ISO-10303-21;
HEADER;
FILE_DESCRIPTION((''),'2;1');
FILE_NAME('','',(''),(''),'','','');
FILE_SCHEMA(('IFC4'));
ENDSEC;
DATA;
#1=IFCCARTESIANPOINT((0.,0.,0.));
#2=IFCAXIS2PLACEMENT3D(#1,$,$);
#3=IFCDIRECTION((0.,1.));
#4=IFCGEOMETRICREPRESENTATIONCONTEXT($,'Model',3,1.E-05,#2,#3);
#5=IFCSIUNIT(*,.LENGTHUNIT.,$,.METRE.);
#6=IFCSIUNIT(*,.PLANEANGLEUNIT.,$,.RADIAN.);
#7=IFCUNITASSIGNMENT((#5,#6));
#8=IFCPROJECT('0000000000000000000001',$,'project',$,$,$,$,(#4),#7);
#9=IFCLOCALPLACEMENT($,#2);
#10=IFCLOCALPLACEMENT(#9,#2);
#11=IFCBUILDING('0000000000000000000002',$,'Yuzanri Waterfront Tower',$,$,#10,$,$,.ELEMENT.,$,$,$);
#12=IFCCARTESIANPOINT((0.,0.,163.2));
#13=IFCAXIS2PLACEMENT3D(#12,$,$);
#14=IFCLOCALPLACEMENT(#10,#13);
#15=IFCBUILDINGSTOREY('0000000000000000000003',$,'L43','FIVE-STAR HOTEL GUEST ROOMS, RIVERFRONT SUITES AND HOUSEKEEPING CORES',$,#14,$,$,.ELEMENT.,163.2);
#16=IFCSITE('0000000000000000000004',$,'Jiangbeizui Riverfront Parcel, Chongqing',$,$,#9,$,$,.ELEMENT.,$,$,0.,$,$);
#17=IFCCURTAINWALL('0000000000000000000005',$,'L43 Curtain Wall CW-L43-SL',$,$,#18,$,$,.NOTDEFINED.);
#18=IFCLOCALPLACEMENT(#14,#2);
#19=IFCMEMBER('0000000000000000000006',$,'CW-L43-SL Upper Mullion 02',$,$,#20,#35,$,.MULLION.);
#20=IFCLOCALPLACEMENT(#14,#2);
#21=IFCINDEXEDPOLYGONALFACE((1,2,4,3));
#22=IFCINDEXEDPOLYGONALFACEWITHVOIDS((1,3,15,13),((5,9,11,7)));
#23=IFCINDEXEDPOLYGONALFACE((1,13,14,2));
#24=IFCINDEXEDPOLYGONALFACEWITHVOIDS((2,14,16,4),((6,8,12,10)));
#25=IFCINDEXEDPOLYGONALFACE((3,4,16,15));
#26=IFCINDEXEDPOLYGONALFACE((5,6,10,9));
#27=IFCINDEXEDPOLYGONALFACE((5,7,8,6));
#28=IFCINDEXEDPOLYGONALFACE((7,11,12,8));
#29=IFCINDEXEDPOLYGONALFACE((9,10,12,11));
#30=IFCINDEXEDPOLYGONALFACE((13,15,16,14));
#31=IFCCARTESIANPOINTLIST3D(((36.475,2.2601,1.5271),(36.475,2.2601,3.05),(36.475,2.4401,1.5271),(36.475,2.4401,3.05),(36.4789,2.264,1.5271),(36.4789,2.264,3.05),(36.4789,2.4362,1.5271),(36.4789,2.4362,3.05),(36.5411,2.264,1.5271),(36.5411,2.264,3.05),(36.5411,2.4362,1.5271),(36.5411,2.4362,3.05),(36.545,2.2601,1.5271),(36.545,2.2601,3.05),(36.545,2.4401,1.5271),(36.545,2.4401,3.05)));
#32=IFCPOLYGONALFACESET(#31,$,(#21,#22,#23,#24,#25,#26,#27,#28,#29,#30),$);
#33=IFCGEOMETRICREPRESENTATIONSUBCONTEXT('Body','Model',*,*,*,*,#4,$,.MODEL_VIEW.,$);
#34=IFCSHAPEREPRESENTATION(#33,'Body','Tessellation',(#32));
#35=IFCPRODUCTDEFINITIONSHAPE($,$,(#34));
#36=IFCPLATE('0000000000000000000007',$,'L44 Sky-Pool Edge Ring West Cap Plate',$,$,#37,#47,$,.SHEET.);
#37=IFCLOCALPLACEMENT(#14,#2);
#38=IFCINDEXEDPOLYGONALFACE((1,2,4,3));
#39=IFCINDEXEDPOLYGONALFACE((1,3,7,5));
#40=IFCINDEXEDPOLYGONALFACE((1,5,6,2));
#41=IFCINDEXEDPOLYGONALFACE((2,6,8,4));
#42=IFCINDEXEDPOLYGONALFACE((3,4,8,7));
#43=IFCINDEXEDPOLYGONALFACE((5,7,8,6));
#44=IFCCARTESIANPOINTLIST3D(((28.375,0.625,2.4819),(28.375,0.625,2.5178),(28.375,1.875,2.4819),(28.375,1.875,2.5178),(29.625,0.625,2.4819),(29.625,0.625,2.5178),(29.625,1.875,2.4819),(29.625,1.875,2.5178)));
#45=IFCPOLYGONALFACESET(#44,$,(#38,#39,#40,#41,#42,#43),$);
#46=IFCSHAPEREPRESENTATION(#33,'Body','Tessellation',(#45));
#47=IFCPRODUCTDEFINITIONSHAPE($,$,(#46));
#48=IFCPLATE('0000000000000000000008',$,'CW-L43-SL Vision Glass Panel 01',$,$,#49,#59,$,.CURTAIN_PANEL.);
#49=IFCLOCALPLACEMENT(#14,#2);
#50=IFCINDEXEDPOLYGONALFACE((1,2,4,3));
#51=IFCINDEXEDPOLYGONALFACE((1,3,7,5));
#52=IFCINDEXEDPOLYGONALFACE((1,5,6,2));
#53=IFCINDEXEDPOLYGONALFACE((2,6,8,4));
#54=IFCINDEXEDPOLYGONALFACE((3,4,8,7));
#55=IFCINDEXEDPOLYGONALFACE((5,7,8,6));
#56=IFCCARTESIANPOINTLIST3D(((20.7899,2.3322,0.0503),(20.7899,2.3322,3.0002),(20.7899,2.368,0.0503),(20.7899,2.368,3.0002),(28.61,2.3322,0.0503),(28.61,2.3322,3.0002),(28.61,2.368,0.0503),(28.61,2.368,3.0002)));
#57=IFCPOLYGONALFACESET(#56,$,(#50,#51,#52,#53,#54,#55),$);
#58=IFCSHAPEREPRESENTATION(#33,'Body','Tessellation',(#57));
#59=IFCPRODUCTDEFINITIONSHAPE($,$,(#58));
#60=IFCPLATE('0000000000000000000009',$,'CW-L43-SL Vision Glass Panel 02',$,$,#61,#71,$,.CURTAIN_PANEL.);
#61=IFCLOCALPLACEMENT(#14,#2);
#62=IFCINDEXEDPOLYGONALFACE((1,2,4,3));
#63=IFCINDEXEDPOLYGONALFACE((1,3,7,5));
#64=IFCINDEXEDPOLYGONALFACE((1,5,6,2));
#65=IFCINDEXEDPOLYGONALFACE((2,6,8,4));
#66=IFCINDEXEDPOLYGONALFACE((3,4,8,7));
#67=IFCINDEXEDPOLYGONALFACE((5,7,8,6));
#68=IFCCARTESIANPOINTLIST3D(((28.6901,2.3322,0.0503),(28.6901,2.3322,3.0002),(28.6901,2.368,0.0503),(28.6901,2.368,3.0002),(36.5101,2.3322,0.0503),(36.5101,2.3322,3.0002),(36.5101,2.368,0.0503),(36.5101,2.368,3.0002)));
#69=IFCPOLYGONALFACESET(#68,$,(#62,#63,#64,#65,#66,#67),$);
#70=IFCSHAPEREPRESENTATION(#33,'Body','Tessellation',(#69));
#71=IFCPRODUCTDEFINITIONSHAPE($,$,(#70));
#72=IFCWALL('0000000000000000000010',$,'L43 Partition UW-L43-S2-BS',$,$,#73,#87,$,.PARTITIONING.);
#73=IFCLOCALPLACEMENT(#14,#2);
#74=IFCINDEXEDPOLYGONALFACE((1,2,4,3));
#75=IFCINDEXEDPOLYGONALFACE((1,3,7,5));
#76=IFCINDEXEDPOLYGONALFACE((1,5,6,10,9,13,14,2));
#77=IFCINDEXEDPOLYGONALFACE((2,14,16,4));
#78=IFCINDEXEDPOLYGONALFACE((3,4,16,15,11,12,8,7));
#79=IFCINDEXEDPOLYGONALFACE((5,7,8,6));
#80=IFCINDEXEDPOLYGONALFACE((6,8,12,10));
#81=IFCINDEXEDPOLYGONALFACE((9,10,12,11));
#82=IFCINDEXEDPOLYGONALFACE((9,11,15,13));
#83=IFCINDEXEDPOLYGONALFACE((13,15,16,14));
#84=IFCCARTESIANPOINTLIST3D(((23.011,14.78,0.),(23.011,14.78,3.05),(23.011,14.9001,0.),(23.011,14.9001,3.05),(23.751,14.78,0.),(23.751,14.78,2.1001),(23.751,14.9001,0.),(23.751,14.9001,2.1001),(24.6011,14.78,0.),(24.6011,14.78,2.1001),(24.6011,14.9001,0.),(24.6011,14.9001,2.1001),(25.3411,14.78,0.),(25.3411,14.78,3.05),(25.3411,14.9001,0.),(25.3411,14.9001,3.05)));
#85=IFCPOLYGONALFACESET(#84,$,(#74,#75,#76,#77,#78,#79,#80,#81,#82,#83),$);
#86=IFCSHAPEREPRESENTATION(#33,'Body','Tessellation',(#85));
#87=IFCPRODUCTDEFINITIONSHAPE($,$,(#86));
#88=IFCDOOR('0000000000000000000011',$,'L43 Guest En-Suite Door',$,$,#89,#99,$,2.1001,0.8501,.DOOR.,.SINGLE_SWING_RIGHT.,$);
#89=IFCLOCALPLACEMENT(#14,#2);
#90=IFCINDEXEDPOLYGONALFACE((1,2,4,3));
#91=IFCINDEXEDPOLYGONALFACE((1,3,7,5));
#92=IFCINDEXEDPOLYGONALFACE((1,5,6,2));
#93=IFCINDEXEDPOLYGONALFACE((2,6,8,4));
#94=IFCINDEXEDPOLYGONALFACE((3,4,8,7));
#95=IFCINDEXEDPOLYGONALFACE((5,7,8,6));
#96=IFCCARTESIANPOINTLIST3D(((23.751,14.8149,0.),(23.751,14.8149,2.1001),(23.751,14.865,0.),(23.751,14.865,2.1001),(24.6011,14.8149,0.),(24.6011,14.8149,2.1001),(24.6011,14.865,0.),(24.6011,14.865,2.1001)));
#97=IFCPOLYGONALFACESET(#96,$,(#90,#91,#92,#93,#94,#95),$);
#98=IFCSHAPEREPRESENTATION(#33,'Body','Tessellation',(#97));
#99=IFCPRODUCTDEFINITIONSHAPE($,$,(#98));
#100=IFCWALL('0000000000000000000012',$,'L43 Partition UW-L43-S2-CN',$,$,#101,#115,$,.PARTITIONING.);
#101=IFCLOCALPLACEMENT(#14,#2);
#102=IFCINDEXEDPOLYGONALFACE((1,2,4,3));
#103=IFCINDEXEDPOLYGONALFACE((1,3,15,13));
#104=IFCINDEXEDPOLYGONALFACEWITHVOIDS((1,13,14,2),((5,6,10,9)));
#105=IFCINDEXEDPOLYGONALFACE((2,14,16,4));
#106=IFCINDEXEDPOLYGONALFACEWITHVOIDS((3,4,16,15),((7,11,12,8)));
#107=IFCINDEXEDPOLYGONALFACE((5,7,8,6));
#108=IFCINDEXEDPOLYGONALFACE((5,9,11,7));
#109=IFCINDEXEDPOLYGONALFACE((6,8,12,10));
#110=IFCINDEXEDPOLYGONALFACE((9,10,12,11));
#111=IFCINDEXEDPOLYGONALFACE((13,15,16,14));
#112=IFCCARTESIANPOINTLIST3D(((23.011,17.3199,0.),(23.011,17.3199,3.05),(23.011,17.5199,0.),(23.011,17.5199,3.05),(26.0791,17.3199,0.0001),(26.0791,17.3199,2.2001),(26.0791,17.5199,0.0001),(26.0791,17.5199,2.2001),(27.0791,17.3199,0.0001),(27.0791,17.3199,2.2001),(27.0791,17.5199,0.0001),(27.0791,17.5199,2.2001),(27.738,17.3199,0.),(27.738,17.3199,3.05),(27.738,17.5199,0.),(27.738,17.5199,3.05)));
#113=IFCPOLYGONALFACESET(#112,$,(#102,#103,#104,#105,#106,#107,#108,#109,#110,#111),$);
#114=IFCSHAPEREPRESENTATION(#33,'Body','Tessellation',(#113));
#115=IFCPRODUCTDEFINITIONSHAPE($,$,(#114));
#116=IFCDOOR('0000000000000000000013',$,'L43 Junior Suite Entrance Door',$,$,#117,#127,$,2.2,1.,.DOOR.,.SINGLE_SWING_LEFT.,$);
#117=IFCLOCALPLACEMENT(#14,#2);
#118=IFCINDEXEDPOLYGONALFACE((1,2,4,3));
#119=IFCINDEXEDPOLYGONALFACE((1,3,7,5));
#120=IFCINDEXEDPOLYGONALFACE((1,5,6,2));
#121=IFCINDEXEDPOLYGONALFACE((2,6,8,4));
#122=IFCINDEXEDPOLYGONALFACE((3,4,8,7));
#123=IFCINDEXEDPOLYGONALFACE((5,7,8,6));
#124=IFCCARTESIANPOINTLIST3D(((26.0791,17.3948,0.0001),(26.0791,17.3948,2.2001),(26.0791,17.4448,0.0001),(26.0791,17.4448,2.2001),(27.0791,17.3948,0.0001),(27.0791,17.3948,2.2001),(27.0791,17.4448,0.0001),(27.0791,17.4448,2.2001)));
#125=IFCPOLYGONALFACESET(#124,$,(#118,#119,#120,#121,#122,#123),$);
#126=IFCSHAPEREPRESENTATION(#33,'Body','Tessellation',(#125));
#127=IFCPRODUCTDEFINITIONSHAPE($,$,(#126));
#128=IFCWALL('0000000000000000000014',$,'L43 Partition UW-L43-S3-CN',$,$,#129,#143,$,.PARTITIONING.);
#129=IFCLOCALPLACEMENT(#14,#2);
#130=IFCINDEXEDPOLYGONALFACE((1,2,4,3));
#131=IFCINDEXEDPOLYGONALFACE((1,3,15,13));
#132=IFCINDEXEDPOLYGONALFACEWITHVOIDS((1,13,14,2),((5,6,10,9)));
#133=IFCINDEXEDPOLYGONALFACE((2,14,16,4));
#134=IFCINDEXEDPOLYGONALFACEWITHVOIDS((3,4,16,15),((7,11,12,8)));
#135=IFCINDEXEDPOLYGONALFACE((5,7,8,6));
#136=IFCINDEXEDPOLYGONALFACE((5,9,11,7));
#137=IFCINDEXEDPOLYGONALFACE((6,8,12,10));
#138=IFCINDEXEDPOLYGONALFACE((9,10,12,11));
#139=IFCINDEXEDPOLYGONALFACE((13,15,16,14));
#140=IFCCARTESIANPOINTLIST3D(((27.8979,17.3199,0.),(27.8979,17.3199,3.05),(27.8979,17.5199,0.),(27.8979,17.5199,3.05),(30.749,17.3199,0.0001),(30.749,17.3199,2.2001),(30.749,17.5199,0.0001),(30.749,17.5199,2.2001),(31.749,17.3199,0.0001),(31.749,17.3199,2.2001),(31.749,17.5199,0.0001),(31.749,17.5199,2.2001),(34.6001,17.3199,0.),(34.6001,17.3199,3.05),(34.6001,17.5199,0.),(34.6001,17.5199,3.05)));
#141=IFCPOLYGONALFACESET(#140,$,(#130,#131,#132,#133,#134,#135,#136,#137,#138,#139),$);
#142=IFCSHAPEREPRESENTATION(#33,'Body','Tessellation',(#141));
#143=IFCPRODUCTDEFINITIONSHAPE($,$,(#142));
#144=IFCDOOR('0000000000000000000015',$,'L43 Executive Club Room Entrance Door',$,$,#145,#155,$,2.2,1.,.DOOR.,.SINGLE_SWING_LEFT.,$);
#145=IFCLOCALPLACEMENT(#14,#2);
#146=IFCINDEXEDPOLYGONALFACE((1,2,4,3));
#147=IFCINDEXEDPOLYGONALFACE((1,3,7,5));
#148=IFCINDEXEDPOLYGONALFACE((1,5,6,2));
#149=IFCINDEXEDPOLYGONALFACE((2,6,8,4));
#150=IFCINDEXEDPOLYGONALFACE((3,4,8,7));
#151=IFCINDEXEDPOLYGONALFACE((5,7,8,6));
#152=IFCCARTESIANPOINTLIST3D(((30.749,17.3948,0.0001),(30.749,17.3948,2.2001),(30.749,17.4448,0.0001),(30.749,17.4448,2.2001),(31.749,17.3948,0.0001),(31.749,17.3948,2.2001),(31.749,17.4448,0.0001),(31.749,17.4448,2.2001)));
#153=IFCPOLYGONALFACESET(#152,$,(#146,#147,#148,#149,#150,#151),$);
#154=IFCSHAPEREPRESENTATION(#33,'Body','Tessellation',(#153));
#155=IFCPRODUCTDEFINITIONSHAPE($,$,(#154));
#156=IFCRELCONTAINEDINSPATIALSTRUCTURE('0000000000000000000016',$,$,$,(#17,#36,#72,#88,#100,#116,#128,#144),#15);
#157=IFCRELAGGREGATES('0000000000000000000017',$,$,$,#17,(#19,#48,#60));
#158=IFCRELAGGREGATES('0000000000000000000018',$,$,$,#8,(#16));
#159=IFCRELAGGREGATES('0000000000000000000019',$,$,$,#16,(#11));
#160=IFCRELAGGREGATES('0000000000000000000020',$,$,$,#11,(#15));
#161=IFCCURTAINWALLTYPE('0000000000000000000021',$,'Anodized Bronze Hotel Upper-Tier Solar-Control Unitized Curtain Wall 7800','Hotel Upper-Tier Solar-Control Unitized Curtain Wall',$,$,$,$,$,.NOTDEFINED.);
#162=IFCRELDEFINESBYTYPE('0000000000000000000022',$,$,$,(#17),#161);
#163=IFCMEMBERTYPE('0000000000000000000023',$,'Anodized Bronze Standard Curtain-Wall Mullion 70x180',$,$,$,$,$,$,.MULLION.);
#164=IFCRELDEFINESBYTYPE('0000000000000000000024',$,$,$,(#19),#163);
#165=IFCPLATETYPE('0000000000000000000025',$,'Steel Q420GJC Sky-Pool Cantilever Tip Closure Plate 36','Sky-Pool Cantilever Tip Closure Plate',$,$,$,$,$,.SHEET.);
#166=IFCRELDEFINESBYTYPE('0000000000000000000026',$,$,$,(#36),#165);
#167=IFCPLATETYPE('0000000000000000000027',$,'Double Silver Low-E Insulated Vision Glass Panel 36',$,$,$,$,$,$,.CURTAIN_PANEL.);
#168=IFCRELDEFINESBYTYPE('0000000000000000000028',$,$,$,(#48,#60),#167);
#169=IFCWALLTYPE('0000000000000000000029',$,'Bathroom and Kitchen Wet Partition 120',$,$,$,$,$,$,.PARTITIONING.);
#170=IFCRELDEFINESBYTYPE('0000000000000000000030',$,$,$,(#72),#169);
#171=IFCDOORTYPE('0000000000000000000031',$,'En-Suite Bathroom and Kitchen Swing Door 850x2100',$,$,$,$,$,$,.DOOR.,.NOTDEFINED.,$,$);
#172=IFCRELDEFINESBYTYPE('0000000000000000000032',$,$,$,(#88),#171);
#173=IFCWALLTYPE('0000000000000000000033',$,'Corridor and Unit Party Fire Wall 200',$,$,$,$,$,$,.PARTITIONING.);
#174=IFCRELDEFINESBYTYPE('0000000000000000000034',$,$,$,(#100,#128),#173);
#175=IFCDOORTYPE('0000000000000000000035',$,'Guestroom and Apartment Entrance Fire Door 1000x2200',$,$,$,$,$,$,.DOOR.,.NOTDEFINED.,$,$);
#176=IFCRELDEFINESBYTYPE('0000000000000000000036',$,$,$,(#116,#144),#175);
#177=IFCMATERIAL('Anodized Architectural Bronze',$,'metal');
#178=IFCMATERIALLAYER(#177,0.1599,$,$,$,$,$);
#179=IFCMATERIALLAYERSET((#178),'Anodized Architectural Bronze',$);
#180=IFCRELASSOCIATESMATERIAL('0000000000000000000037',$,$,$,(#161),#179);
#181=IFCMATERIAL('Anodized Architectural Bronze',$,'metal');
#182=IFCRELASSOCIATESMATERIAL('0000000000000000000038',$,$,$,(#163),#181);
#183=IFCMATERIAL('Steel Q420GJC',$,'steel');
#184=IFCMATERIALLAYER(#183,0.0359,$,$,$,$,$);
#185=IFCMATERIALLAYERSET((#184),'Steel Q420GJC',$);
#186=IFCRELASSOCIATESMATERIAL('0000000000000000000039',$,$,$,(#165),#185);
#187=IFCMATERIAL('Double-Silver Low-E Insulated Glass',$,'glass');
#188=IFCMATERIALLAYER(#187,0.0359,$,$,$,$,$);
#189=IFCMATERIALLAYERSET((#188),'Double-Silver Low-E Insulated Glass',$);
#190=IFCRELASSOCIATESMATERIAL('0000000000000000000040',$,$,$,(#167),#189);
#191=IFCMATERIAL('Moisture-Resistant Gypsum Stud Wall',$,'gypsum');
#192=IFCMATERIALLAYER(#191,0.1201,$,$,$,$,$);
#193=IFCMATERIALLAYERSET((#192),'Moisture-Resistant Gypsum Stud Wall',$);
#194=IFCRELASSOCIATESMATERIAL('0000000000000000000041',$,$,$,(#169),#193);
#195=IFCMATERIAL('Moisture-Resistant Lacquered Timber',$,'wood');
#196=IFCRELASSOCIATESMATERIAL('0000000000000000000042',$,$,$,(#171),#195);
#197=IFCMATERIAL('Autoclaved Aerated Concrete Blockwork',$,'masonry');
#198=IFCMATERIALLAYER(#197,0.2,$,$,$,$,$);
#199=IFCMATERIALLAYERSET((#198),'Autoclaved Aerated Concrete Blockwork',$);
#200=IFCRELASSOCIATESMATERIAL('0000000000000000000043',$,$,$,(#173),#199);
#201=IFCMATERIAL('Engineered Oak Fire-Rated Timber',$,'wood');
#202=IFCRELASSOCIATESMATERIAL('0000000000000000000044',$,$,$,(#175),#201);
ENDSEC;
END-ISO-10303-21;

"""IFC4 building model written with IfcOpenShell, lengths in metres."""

from ifc_helpers import new_model, si_unit, direction, frame, frame_2d, origin, origin_2d, place, context, subcontext, project, spatial, rectangle, hollow_rectangle, extrude, source, transform, mapped, material, layer, layer_set, material_profile, profile_set, type_object, element, fill, aggregate, save


model = new_model("IFC4")

# Units and contexts
model_context = context("Model", 3, precision=1e-05, world=origin(), true_north=direction((0.0, 1.0)))
body_context = subcontext(model_context, "Body", "Model", "MODEL_VIEW")
ifc_project = project(units=[si_unit("LENGTHUNIT", "METRE"), si_unit("PLANEANGLEUNIT", "RADIAN")], contexts=[model_context])

# Site, building, storey
site_placement = place(None, origin())
site = spatial("IfcSite", under=ifc_project, at=site_placement, Name="Jiangbeizui Riverfront Parcel, Chongqing", CompositionType="ELEMENT", RefElevation=0.0)
building_placement = place(site_placement, origin())
building = spatial("IfcBuilding", under=site, at=building_placement, Name="Yuzanri Waterfront Tower", CompositionType="ELEMENT")
storey_placement = place(building_placement, frame((0.0, 0.0, 163.2)))
storey = spatial("IfcBuildingStorey", under=building, at=storey_placement, Name="L43", Description="FIVE-STAR HOTEL GUEST ROOMS, RIVERFRONT SUITES AND HOUSEKEEPING CORES", CompositionType="ELEMENT", Elevation=163.2)

# Curtain wall, member
ifc_material_1 = material(Name="Anodized Architectural Bronze", Category="metal")
ifc_layer_1 = layer(ifc_material_1, 0.1599)
ifc_layer_set_1 = layer_set([ifc_layer_1], Name="Anodized Architectural Bronze")
curtain_wall_type = type_object("IfcCurtainWallType", Name="Anodized Bronze Hotel Upper-Tier Solar-Control Unitized Curtain Wall 7800", Description="Hotel Upper-Tier Solar-Control Unitized Curtain Wall", PredefinedType="NOTDEFINED", material=ifc_layer_set_1)
curtain_wall_placement = place(storey_placement, origin())
curtain_wall = element("IfcCurtainWall", 1, at=curtain_wall_placement, inside=storey, type_object=curtain_wall_type, Name="L43 Curtain Wall CW-L43-SL", PredefinedType="NOTDEFINED")
ifc_material_2 = material(Name="Anodized Architectural Bronze", Category="metal")
ifc_material_profile_1 = material_profile(ifc_material_2, hollow_rectangle(XDim=0.0701, YDim=0.1799, WallThickness=0.0039, at=origin_2d()), Name="CWM 70x180")
ifc_profile_set_1 = profile_set([ifc_material_profile_1], Name="Anodized Architectural Bronze")
member_type = type_object("IfcMemberType", Name="Anodized Bronze Standard Curtain-Wall Mullion 70x180", PredefinedType="MULLION", material=ifc_profile_set_1)
shared_shape_1 = source(origin(), body_context, "Body", "SweptSolid", [
    extrude(hollow_rectangle(XDim=0.0701, YDim=0.1799, WallThickness=0.0039, at=origin_2d()), origin(), (0.0, 0.0, 1.0), 1.5229),
])
member_1_placement = place(storey_placement, frame((36.51, 2.3501, 1.5271), z_axis=(0.0, 0.0, 1.0), x_axis=(1.0, 0.0, 0.0)))
member_1 = element("IfcMember", 2, at=member_1_placement, type_object=member_type, Name="CW-L43-SL Upper Mullion 02", PredefinedType="MULLION", context=body_context, shape_type="MappedRepresentation", body=[
    mapped(shared_shape_1, transform((0.0, 0.0, 0.0), scale=1.0)),
])

# Plates
ifc_material_3 = material(Name="Steel Q420GJC", Category="steel")
ifc_layer_2 = layer(ifc_material_3, 0.0359)
ifc_layer_set_2 = layer_set([ifc_layer_2], Name="Steel Q420GJC")
plate_type_1 = type_object("IfcPlateType", Name="Steel Q420GJC Sky-Pool Cantilever Tip Closure Plate 36", Description="Sky-Pool Cantilever Tip Closure Plate", PredefinedType="SHEET", material=ifc_layer_set_2)
shared_shape_2 = source(origin(), body_context, "Body", "SweptSolid", [
    extrude(rectangle(XDim=1.25, YDim=1.25, at=origin_2d()), origin(), (0.0, 0.0, 1.0), 0.0359),
])
plate_1_placement = place(storey_placement, frame((29.0, 1.25, 2.4819), z_axis=(0.0, 0.0, 1.0), x_axis=(1.0, 0.0, 0.0)))
element("IfcPlate", 3, at=plate_1_placement, inside=storey, type_object=plate_type_1, Name="L44 Sky-Pool Edge Ring West Cap Plate", PredefinedType="SHEET", context=body_context, shape_type="MappedRepresentation", body=[
    mapped(shared_shape_2, transform((0.0, 0.0, 0.0), scale=1.0)),
])
ifc_material_4 = material(Name="Double-Silver Low-E Insulated Glass", Category="glass")
ifc_layer_3 = layer(ifc_material_4, 0.0359)
ifc_layer_set_3 = layer_set([ifc_layer_3], Name="Double-Silver Low-E Insulated Glass")
plate_type_2 = type_object("IfcPlateType", Name="Double Silver Low-E Insulated Vision Glass Panel 36", PredefinedType="CURTAIN_PANEL", material=ifc_layer_set_3)
shared_shape_3 = source(origin(), body_context, "Body", "SweptSolid", [
    extrude(rectangle(XDim=7.8201, YDim=0.0359, at=origin_2d()), origin(), (0.0, 0.0, 1.0), 2.95),
])
plate_2_placement = place(storey_placement, frame((24.7, 2.3501, 0.0503), z_axis=(0.0, 0.0, 1.0), x_axis=(1.0, 0.0, 0.0)))
plate_2 = element("IfcPlate", 4, at=plate_2_placement, type_object=plate_type_2, Name="CW-L43-SL Vision Glass Panel 01", PredefinedType="CURTAIN_PANEL", context=body_context, shape_type="MappedRepresentation", body=[
    mapped(shared_shape_3, transform((0.0, 0.0, 0.0), scale=1.0)),
])
plate_3_placement = place(storey_placement, frame((32.6001, 2.3501, 0.0503), z_axis=(0.0, 0.0, 1.0), x_axis=(1.0, 0.0, 0.0)))
plate_3 = element("IfcPlate", 5, at=plate_3_placement, type_object=plate_type_2, Name="CW-L43-SL Vision Glass Panel 02", PredefinedType="CURTAIN_PANEL", context=body_context, shape_type="MappedRepresentation", body=[
    mapped(shared_shape_3, transform((0.0, 0.0, 0.0), scale=1.0)),
])
aggregate(curtain_wall, [member_1, plate_2, plate_3])

# Wall, opening, door
ifc_material_5 = material(Name="Moisture-Resistant Gypsum Stud Wall", Category="gypsum")
ifc_layer_4 = layer(ifc_material_5, 0.1201)
ifc_layer_set_4 = layer_set([ifc_layer_4], Name="Moisture-Resistant Gypsum Stud Wall")
wall_type_1 = type_object("IfcWallType", Name="Bathroom and Kitchen Wet Partition 120", PredefinedType="PARTITIONING", material=ifc_layer_set_4)
wall_1_placement = place(storey_placement, frame((23.011, 14.8401, 0.0), z_axis=(0.0, 0.0, 1.0), x_axis=(1.0, 0.0, 0.0)))
wall_1 = element("IfcWall", 6, at=wall_1_placement, inside=storey, type_object=wall_type_1, Name="L43 Partition UW-L43-S2-BS", PredefinedType="PARTITIONING", context=body_context, shape_type="SweptSolid", body=[
    extrude(rectangle(XDim=2.3301, YDim=0.1201, at=frame_2d((1.165, 0.0))), origin(), (0.0, 0.0, 1.0), 3.05),
])
opening_1_placement = place(wall_1_placement, frame((0.74, 0.0, 0.0)))
opening_1 = element("IfcOpeningElement", 7, at=opening_1_placement, cuts=wall_1, PredefinedType="OPENING", context=body_context, shape_type="SweptSolid", body=[
    extrude(rectangle(XDim=0.8501, YDim=2.1001, at=frame_2d((0.425, 1.05))), frame((0.0, 0.075, 0.0), z_axis=(0.0, -1.0, 0.0), x_axis=(1.0, 0.0, 0.0)), (0.0, 0.0, 1.0), 0.1499),
])
ifc_material_6 = material(Name="Moisture-Resistant Lacquered Timber", Category="wood")
door_type_1 = type_object("IfcDoorType", Name="En-Suite Bathroom and Kitchen Swing Door 850x2100", OperationType="NOTDEFINED", PredefinedType="DOOR", material=ifc_material_6)
shared_shape_4 = source(origin(), body_context, "Body", "SweptSolid", [
    extrude(rectangle(XDim=0.8501, YDim=2.1001, at=frame_2d((0.425, 1.05))), frame((0.0, 0.0249, 0.0), z_axis=(0.0, -1.0, 0.0), x_axis=(1.0, 0.0, 0.0)), (0.0, 0.0, 1.0), 0.05),
])
door_1_placement = place(opening_1_placement, origin())
door_1 = element("IfcDoor", 8, at=door_1_placement, inside=storey, type_object=door_type_1, Name="L43 Guest En-Suite Door", OperationType="SINGLE_SWING_RIGHT", OverallHeight=2.1001, OverallWidth=0.8501, PredefinedType="DOOR", context=body_context, shape_type="MappedRepresentation", body=[
    mapped(shared_shape_4, transform((0.0, 0.0, 0.0), scale=1.0)),
])
fill(opening_1, door_1)

# Walls, openings, doors
ifc_material_7 = material(Name="Autoclaved Aerated Concrete Blockwork", Category="masonry")
ifc_layer_5 = layer(ifc_material_7, 0.2)
ifc_layer_set_5 = layer_set([ifc_layer_5], Name="Autoclaved Aerated Concrete Blockwork")
wall_type_2 = type_object("IfcWallType", Name="Corridor and Unit Party Fire Wall 200", PredefinedType="PARTITIONING", material=ifc_layer_set_5)
wall_2_placement = place(storey_placement, frame((23.011, 17.4199, 0.0), z_axis=(0.0, 0.0, 1.0), x_axis=(1.0, 0.0, 0.0)))
wall_2 = element("IfcWall", 9, at=wall_2_placement, inside=storey, type_object=wall_type_2, Name="L43 Partition UW-L43-S2-CN", PredefinedType="PARTITIONING", context=body_context, shape_type="SweptSolid", body=[
    extrude(rectangle(XDim=4.7271, YDim=0.2, at=frame_2d((2.3635, 0.0))), origin(), (0.0, 0.0, 1.0), 3.05),
])
opening_2_placement = place(wall_2_placement, frame((3.0681, 0.0, 0.0)))
opening_2 = element("IfcOpeningElement", 10, at=opening_2_placement, cuts=wall_2, PredefinedType="OPENING", context=body_context, shape_type="SweptSolid", body=[
    extrude(rectangle(XDim=1.0, YDim=2.2, at=frame_2d((0.5, 1.1001))), frame((0.0, 0.1147, 0.0), z_axis=(0.0, -1.0, 0.0), x_axis=(1.0, 0.0, 0.0)), (0.0, 0.0, 1.0), 0.2297),
])
ifc_material_8 = material(Name="Engineered Oak Fire-Rated Timber", Category="wood")
door_type_2 = type_object("IfcDoorType", Name="Guestroom and Apartment Entrance Fire Door 1000x2200", OperationType="NOTDEFINED", PredefinedType="DOOR", material=ifc_material_8)
shared_shape_5 = source(origin(), body_context, "Body", "SweptSolid", [
    extrude(rectangle(XDim=1.0, YDim=2.2, at=frame_2d((0.5, 1.1001))), frame((0.0, 0.0249, 0.0), z_axis=(0.0, -1.0, 0.0), x_axis=(1.0, 0.0, 0.0)), (0.0, 0.0, 1.0), 0.05),
])
door_2_placement = place(opening_2_placement, origin())
door_2 = element("IfcDoor", 11, at=door_2_placement, inside=storey, type_object=door_type_2, Name="L43 Junior Suite Entrance Door", OperationType="SINGLE_SWING_LEFT", OverallHeight=2.2, OverallWidth=1.0, PredefinedType="DOOR", context=body_context, shape_type="MappedRepresentation", body=[
    mapped(shared_shape_5, transform((0.0, 0.0, 0.0), scale=1.0)),
])
fill(opening_2, door_2)
wall_3_placement = place(storey_placement, frame((27.8979, 17.4199, 0.0), z_axis=(0.0, 0.0, 1.0), x_axis=(1.0, 0.0, 0.0)))
wall_3 = element("IfcWall", 12, at=wall_3_placement, inside=storey, type_object=wall_type_2, Name="L43 Partition UW-L43-S3-CN", PredefinedType="PARTITIONING", context=body_context, shape_type="SweptSolid", body=[
    extrude(rectangle(XDim=6.7021, YDim=0.2, at=frame_2d((3.3511, 0.0))), origin(), (0.0, 0.0, 1.0), 3.05),
])
opening_3_placement = place(wall_3_placement, frame((2.8511, 0.0, 0.0)))
opening_3 = element("IfcOpeningElement", 13, at=opening_3_placement, cuts=wall_3, PredefinedType="OPENING", context=body_context, shape_type="SweptSolid", body=[
    extrude(rectangle(XDim=1.0, YDim=2.2, at=frame_2d((0.5, 1.1001))), frame((0.0, 0.1147, 0.0), z_axis=(0.0, -1.0, 0.0), x_axis=(1.0, 0.0, 0.0)), (0.0, 0.0, 1.0), 0.2297),
])
door_3_placement = place(opening_3_placement, origin())
door_3 = element("IfcDoor", 14, at=door_3_placement, inside=storey, type_object=door_type_2, Name="L43 Executive Club Room Entrance Door", OperationType="SINGLE_SWING_LEFT", OverallHeight=2.2, OverallWidth=1.0, PredefinedType="DOOR", context=body_context, shape_type="MappedRepresentation", body=[
    mapped(shared_shape_5, transform((0.0, 0.0, 0.0), scale=1.0)),
])
fill(opening_3, door_3)

save(model, "model.ifc")
